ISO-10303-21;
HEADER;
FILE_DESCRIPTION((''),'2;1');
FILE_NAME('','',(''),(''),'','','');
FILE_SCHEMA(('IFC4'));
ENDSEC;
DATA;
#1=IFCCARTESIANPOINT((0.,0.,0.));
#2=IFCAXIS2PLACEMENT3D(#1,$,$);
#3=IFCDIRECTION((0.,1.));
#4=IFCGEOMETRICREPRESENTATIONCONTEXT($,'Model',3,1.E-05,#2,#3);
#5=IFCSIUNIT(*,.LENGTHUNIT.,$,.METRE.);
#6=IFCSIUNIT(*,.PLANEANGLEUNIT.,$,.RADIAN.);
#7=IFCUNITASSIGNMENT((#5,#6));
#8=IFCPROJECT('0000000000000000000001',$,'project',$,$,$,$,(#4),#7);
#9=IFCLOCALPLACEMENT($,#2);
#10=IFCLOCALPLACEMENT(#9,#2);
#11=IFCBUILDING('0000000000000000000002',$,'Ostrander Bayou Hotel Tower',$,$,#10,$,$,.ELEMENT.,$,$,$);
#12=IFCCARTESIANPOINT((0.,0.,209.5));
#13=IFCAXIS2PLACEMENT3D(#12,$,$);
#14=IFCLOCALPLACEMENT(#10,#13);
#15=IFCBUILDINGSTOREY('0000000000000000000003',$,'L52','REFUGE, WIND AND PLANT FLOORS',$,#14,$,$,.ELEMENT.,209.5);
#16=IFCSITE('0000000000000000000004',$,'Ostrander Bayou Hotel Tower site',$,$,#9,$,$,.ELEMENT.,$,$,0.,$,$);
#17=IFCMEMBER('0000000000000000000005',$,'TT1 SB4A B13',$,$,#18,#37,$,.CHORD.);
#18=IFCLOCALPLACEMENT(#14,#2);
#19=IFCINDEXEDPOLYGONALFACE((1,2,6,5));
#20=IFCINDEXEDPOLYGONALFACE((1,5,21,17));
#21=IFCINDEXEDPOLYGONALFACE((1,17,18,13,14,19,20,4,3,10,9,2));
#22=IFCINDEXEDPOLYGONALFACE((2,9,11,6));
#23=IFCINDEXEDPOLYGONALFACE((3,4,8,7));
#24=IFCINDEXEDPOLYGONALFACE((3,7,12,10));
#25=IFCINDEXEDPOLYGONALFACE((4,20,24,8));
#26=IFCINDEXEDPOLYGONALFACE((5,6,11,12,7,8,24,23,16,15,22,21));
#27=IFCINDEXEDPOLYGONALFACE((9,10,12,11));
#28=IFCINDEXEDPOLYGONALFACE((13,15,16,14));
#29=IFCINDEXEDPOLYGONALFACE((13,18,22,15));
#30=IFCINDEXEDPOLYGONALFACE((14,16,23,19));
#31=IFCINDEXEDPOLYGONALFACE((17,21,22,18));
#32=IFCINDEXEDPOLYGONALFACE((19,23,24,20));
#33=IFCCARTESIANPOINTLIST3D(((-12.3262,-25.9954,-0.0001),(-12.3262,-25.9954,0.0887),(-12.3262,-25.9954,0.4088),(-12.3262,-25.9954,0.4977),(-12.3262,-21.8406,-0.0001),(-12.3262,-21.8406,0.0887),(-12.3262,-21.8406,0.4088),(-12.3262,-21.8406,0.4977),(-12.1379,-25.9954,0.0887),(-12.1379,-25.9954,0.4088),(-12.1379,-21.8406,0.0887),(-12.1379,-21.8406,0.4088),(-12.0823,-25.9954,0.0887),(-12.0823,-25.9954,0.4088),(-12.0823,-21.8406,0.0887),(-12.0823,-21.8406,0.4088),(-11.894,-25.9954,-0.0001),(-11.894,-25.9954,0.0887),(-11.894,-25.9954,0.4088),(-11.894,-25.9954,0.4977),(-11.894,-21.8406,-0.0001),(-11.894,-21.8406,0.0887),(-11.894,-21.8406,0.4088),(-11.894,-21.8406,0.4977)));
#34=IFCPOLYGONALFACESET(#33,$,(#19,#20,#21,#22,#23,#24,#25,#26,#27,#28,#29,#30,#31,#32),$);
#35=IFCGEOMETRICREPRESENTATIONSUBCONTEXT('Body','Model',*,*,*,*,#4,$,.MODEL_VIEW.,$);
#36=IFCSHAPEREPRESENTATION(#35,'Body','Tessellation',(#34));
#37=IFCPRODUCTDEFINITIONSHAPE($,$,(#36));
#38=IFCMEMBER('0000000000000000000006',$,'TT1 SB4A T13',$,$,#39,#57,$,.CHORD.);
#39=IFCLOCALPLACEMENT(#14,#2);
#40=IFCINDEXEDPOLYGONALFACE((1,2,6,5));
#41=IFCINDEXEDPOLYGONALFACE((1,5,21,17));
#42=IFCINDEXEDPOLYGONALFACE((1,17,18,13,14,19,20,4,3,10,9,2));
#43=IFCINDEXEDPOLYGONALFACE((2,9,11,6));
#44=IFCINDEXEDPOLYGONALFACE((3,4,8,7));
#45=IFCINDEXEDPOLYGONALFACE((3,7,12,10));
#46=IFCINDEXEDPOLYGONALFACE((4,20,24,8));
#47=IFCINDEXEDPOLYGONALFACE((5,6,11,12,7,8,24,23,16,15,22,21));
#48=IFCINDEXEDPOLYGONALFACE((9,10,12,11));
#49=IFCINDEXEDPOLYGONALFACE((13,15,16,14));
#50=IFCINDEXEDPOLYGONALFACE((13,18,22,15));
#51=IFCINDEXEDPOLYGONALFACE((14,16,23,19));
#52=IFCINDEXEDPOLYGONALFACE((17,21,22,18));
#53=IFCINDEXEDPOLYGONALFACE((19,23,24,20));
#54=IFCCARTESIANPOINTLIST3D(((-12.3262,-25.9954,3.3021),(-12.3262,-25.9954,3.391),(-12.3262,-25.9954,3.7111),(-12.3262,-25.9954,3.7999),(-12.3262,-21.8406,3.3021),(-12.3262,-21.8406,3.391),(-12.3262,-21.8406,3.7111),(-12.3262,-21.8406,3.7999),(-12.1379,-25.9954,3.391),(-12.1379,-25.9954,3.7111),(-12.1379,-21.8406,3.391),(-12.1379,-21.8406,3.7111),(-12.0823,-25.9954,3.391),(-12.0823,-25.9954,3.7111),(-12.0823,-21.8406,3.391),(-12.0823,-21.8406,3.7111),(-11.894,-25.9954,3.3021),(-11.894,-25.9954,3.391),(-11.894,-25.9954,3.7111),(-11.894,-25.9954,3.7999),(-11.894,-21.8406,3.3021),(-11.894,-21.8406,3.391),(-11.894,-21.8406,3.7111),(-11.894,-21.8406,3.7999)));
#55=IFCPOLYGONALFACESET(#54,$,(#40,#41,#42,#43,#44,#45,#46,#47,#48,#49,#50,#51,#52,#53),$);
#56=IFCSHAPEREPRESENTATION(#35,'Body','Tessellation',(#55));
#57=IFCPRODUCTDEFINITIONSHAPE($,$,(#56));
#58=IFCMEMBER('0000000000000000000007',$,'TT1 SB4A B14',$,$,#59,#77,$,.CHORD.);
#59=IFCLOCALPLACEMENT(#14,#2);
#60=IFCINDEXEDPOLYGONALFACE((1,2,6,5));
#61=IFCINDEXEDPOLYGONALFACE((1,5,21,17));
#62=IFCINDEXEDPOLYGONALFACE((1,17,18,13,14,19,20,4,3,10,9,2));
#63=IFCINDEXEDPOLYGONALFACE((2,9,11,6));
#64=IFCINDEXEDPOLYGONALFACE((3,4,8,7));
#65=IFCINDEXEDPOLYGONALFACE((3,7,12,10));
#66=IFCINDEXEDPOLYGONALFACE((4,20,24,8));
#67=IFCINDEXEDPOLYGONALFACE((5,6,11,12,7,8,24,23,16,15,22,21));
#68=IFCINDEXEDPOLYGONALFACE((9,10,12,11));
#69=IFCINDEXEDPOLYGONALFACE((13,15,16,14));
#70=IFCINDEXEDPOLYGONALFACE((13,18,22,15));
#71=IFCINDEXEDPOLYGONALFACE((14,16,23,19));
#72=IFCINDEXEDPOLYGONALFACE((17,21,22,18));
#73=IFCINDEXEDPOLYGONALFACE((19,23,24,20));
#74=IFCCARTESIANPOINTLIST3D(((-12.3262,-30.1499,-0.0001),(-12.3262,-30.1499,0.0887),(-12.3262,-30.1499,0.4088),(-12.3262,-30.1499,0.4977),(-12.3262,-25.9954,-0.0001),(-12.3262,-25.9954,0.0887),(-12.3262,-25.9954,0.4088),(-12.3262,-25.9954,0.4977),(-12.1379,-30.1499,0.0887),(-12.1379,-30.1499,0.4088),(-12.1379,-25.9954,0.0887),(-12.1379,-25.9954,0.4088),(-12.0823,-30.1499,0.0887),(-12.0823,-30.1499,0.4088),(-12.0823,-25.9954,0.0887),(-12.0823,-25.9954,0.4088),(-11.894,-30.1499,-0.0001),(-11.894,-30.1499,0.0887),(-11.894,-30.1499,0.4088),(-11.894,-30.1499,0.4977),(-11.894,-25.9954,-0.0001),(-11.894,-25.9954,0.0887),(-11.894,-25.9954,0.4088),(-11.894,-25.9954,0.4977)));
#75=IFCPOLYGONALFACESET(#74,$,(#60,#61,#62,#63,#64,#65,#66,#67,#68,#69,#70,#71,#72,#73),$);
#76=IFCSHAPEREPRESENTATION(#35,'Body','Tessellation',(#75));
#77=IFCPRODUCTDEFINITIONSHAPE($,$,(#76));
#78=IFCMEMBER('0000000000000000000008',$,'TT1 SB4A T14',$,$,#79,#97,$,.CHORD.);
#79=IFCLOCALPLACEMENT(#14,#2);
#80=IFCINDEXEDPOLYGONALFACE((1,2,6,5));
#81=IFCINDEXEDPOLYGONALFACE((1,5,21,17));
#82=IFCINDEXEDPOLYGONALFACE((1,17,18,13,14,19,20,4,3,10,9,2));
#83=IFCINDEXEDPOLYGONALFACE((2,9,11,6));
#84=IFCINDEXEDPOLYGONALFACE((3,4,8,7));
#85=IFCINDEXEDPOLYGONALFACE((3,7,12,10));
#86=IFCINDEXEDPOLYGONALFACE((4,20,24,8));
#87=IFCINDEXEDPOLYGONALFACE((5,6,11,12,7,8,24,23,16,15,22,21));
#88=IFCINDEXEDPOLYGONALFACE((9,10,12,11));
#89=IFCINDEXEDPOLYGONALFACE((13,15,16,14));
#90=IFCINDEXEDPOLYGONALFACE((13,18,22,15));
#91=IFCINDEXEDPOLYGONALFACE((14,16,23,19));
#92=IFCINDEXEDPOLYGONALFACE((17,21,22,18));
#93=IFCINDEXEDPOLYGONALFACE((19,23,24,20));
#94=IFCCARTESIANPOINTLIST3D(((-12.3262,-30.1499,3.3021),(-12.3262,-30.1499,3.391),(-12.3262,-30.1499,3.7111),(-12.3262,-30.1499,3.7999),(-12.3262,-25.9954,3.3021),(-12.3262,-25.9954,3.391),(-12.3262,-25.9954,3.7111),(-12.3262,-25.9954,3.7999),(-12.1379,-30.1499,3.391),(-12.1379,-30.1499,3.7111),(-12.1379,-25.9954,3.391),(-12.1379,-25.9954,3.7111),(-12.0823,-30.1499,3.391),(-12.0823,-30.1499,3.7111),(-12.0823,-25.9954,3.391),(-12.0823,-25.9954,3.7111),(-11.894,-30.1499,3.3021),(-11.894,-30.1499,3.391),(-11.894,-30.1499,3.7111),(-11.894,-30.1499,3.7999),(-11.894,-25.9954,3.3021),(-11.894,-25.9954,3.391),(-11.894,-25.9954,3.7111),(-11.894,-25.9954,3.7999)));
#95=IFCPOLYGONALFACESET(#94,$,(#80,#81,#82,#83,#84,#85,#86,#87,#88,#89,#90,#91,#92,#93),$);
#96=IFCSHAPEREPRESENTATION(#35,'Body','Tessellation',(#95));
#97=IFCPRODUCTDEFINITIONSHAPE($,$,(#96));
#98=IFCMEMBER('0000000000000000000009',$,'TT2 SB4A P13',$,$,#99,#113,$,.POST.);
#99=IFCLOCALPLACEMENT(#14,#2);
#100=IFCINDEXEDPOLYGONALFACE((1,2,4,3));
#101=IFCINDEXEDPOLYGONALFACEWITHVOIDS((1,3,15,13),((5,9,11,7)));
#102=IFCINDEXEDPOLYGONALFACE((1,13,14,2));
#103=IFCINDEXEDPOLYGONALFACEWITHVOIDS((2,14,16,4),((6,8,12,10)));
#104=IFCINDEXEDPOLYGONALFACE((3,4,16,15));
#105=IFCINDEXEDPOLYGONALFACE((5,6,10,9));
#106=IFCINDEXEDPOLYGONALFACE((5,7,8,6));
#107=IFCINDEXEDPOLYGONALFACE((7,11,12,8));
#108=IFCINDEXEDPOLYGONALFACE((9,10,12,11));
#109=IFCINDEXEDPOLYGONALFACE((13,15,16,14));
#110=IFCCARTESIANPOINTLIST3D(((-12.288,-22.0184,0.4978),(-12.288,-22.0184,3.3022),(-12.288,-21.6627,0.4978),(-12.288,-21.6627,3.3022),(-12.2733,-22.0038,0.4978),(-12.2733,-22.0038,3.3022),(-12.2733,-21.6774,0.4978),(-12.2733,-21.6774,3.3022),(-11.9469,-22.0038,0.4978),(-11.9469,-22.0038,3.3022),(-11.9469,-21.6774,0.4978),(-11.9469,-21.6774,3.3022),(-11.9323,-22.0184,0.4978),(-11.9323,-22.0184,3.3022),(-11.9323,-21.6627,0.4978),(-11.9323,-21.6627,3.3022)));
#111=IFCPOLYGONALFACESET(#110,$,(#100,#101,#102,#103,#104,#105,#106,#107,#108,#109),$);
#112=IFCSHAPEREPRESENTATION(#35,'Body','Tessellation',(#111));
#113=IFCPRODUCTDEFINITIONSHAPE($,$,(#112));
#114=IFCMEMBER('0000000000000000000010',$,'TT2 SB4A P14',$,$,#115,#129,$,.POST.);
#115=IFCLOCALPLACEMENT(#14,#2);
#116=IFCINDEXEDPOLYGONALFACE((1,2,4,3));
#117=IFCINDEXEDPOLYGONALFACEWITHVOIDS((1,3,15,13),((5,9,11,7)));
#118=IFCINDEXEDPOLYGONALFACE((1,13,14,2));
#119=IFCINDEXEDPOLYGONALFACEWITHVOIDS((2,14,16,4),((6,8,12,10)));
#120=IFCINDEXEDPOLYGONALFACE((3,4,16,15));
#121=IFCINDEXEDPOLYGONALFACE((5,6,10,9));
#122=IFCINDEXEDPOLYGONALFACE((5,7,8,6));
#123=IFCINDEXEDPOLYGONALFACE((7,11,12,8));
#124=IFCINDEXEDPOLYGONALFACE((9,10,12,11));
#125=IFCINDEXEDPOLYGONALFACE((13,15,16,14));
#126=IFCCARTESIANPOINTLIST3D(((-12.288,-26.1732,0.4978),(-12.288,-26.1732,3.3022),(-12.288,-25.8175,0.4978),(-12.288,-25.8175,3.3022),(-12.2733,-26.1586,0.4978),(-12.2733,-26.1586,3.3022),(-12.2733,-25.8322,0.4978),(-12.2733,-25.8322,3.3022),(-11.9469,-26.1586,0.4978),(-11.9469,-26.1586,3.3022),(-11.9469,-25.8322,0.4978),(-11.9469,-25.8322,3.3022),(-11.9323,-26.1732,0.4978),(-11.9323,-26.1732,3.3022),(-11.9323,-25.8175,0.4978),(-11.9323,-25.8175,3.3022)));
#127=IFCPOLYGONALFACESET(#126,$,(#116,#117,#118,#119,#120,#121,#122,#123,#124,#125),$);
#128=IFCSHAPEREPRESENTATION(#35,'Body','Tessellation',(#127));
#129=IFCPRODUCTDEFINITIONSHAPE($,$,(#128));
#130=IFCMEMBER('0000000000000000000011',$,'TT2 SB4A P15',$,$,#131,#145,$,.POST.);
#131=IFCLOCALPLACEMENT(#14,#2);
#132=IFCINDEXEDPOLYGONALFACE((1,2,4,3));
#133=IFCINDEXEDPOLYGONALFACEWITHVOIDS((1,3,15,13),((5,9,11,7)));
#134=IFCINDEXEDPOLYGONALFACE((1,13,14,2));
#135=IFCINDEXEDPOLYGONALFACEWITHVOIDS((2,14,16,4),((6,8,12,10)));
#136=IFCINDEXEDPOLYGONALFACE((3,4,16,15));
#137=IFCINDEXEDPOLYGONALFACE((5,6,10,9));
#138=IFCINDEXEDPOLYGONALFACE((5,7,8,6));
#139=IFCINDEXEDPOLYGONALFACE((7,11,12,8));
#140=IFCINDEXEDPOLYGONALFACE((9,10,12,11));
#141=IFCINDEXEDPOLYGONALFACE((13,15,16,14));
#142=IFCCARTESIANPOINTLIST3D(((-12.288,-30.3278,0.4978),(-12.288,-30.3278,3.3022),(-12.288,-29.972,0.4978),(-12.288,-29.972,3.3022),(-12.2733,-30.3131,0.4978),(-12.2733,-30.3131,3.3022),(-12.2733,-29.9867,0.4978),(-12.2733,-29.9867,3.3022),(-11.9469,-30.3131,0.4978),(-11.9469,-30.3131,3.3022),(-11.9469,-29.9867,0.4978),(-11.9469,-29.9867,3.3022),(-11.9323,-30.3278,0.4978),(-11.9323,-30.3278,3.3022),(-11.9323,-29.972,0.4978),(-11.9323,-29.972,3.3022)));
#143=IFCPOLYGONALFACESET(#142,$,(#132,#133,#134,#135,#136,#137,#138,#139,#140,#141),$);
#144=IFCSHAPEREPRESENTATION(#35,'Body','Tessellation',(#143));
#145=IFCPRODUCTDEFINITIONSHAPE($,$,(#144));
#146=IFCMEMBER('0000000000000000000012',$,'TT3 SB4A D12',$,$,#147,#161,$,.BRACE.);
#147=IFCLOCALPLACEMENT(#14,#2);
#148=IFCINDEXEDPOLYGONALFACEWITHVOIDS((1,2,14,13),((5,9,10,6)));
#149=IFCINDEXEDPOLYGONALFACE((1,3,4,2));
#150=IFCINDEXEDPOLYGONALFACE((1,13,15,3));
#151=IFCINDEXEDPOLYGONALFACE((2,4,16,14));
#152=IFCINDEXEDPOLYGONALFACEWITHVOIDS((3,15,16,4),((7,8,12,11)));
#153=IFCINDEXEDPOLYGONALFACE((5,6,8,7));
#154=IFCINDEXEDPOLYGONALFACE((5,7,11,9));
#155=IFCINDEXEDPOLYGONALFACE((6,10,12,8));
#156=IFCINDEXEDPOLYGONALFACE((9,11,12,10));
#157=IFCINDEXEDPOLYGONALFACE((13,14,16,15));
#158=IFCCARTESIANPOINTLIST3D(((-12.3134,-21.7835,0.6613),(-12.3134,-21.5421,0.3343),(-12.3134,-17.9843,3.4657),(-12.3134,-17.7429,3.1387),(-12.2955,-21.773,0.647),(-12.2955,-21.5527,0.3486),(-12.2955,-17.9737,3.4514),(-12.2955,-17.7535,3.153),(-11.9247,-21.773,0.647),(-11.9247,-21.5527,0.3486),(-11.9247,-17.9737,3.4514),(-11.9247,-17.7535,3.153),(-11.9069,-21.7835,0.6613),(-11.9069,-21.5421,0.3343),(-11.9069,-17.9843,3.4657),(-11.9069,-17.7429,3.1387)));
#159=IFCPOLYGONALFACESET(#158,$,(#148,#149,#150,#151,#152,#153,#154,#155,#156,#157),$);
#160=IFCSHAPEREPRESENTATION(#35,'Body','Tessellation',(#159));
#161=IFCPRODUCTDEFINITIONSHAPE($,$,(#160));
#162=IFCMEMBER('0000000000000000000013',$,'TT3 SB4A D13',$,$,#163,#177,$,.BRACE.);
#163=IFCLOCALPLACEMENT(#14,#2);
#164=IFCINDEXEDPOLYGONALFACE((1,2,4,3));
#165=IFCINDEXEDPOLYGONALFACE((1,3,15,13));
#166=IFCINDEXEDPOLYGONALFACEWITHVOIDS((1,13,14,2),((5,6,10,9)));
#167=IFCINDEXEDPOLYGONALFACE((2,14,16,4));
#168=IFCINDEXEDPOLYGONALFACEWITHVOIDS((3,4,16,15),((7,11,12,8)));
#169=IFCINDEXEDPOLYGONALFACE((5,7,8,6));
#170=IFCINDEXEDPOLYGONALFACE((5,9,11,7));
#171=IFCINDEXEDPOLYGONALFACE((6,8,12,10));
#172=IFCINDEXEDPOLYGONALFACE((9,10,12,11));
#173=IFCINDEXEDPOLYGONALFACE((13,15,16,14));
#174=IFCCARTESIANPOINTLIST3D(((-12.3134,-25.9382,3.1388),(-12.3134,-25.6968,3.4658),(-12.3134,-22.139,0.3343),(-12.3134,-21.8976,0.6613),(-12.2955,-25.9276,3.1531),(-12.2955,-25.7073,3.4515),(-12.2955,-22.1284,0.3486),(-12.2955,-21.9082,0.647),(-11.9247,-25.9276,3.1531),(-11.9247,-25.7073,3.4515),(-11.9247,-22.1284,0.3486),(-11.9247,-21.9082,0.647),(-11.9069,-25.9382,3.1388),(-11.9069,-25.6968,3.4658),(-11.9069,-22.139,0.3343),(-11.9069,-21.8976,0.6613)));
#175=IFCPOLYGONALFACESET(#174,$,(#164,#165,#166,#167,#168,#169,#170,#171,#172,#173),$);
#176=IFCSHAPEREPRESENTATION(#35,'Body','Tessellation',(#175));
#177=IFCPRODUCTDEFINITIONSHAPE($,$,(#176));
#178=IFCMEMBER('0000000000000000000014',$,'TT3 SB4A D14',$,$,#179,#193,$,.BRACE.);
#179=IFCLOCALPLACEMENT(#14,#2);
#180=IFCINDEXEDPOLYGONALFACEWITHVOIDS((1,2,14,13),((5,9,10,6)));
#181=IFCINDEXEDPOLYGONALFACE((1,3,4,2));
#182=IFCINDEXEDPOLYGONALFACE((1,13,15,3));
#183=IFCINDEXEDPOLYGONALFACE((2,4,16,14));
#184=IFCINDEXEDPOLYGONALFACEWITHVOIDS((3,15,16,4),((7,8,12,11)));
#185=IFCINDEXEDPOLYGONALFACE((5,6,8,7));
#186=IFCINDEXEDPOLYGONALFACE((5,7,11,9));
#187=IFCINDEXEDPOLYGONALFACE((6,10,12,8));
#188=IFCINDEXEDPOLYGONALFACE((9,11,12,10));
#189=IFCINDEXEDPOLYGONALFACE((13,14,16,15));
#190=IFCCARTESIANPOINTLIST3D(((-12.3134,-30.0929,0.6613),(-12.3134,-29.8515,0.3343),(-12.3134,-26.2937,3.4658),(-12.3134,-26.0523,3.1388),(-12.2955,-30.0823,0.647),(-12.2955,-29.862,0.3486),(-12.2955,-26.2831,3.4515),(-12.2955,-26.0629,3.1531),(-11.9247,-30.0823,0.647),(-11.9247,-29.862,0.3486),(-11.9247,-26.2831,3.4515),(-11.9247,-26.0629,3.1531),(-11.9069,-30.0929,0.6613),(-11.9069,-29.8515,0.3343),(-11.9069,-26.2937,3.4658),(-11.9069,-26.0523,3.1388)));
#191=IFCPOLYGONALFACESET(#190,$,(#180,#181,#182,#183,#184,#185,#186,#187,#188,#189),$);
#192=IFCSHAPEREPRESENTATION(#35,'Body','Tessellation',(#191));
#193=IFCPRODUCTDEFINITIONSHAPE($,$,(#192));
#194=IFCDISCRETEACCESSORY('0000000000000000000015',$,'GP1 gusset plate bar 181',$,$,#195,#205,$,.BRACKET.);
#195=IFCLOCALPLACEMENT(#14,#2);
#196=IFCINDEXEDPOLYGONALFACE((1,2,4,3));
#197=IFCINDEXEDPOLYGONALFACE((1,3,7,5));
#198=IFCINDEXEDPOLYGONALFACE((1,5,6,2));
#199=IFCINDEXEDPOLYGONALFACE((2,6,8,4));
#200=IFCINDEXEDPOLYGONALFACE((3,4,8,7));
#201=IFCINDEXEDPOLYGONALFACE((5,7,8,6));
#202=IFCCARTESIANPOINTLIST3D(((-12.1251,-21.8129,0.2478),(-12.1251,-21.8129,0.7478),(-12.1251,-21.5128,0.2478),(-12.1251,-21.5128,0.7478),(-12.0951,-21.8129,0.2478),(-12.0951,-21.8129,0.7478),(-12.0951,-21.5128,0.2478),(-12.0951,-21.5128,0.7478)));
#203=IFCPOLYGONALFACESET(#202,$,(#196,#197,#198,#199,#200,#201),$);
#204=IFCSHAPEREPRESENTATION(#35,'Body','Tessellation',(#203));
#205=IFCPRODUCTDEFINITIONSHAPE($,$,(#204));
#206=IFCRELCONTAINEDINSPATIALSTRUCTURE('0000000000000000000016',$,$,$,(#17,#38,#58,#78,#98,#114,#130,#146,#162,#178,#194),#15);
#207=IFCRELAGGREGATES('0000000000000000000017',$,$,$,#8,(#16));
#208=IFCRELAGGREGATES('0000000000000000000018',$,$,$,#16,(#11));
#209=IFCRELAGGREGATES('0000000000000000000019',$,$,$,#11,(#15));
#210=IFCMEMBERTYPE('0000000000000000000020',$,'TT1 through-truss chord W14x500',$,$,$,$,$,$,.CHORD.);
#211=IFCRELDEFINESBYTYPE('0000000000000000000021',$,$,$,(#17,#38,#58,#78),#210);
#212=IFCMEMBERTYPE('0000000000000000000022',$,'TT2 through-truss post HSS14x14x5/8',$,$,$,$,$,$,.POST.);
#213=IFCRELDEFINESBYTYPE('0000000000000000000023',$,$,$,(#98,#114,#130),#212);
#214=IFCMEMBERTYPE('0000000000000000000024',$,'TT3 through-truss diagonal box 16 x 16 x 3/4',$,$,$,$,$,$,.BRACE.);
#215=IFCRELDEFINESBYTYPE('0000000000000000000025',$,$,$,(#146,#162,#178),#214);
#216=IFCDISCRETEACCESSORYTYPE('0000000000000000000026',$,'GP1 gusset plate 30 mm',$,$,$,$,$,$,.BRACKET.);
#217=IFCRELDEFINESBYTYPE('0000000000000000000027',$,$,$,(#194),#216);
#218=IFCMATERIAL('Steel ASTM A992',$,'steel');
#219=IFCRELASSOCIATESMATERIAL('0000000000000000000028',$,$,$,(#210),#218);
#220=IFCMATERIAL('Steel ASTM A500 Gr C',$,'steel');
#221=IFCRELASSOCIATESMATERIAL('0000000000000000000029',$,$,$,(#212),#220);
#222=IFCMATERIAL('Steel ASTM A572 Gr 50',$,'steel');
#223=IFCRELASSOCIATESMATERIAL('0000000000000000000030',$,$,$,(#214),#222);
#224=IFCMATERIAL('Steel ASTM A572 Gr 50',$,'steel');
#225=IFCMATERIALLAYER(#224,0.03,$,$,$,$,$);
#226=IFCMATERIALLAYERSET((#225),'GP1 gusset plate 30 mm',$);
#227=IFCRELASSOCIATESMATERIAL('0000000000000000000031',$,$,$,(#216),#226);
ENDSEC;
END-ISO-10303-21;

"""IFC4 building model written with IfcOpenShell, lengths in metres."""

from ifc_helpers import new_model, si_unit, direction, frame, origin, origin_2d, place, context, subcontext, project, spatial, rectangle, hollow_rectangle, i_section, extrude, material, layer, layer_set, material_profile, profile_set, type_object, element, save


model = new_model("IFC4")

# Units and contexts
model_context = context("Model", 3, precision=1e-05, world=origin(), true_north=direction((0.0, 1.0)))
body_context = subcontext(model_context, "Body", "Model", "MODEL_VIEW")
ifc_project = project(units=[si_unit("LENGTHUNIT", "METRE"), si_unit("PLANEANGLEUNIT", "RADIAN")], contexts=[model_context])

# Site, building, storey
site_placement = place(None, origin())
site = spatial("IfcSite", under=ifc_project, at=site_placement, Name="Ostrander Bayou Hotel Tower site", CompositionType="ELEMENT", RefElevation=0.0)
building_placement = place(site_placement, origin())
building = spatial("IfcBuilding", under=site, at=building_placement, Name="Ostrander Bayou Hotel Tower", CompositionType="ELEMENT")
storey_placement = place(building_placement, frame((0.0, 0.0, 209.5)))
storey = spatial("IfcBuildingStorey", under=building, at=storey_placement, Name="L52", Description="REFUGE, WIND AND PLANT FLOORS", CompositionType="ELEMENT", Elevation=209.5)

# Members
ifc_material_1 = material(Name="Steel ASTM A992", Category="steel")
ifc_material_profile_1 = material_profile(ifc_material_1, i_section(OverallWidth=0.4321, OverallDepth=0.4978, WebThickness=0.0557, FlangeThickness=0.0889, at=origin_2d()))
ifc_profile_set_1 = profile_set([ifc_material_profile_1], Name="Steel ASTM A992")
member_type_1 = type_object("IfcMemberType", Name="TT1 through-truss chord W14x500", PredefinedType="CHORD", material=ifc_profile_set_1)
for number, where, z_axis, x_axis, name in (
    (1, (-12.1101, -21.8406, 0.2488), (0.0, -1.0, 0.0), (1.0, 0.0, 0.0), "TT1 SB4A B13"),
    (2, (-12.1101, -21.8406, 3.551), (0.0, -1.0, 0.0), (1.0, 0.0, 0.0), "TT1 SB4A T13"),
):
    element("IfcMember", number, at=place(storey_placement, frame(where, z_axis=z_axis, x_axis=x_axis)), inside=storey, type_object=member_type_1, Name=name, PredefinedType="CHORD", context=body_context, shape_type="SweptSolid", body=[
        extrude(i_section(OverallWidth=0.4321, OverallDepth=0.4978, WebThickness=0.0557, FlangeThickness=0.0889, at=origin_2d()), origin(), (0.0, 0.0, 1.0), 4.1548),
    ])
for number, where, z_axis, x_axis, name in (
    (3, (-12.1101, -25.9954, 0.2488), (0.0, -1.0, 0.0), (1.0, 0.0, 0.0), "TT1 SB4A B14"),
    (4, (-12.1101, -25.9954, 3.551), (0.0, -1.0, 0.0), (1.0, 0.0, 0.0), "TT1 SB4A T14"),
):
    element("IfcMember", number, at=place(storey_placement, frame(where, z_axis=z_axis, x_axis=x_axis)), inside=storey, type_object=member_type_1, Name=name, PredefinedType="CHORD", context=body_context, shape_type="SweptSolid", body=[
        extrude(i_section(OverallWidth=0.4321, OverallDepth=0.4978, WebThickness=0.0557, FlangeThickness=0.0889, at=origin_2d()), origin(), (0.0, 0.0, 1.0), 4.1545),
    ])
ifc_material_2 = material(Name="Steel ASTM A500 Gr C", Category="steel")
ifc_material_profile_2 = material_profile(ifc_material_2, hollow_rectangle(XDim=0.3557, YDim=0.3557, WallThickness=0.0146, at=origin_2d()))
ifc_profile_set_2 = profile_set([ifc_material_profile_2], Name="Steel ASTM A500 Gr C")
member_type_2 = type_object("IfcMemberType", Name="TT2 through-truss post HSS14x14x5/8", PredefinedType="POST", material=ifc_profile_set_2)
for number, where, z_axis, x_axis, name in (
    (5, (-12.1101, -21.8406, 0.4978), (0.0, 0.0, 1.0), (1.0, 0.0, 0.0), "TT2 SB4A P13"),
    (6, (-12.1101, -25.9954, 0.4978), (0.0, 0.0, 1.0), (1.0, 0.0, 0.0), "TT2 SB4A P14"),
    (7, (-12.1101, -30.1499, 0.4978), (0.0, 0.0, 1.0), (1.0, 0.0, 0.0), "TT2 SB4A P15"),
):
    element("IfcMember", number, at=place(storey_placement, frame(where, z_axis=z_axis, x_axis=x_axis)), inside=storey, type_object=member_type_2, Name=name, PredefinedType="POST", context=body_context, shape_type="SweptSolid", body=[
        extrude(hollow_rectangle(XDim=0.3557, YDim=0.3557, WallThickness=0.0146, at=origin_2d()), origin(), (0.0, 0.0, 1.0), 2.8044),
    ])
ifc_material_3 = material(Name="Steel ASTM A572 Gr 50", Category="steel")
ifc_material_profile_3 = material_profile(ifc_material_3, hollow_rectangle(XDim=0.4065, YDim=0.4065, WallThickness=0.0178, at=origin_2d()))
ifc_profile_set_3 = profile_set([ifc_material_profile_3], Name="Steel ASTM A572 Gr 50")
member_type_3 = type_object("IfcMemberType", Name="TT3 through-truss diagonal box 16 x 16 x 3/4", PredefinedType="BRACE", material=ifc_profile_set_3)
for number, where, z_axis, x_axis, name in (
    (8, (-12.1101, -21.6628, 0.4978), (0.0, 0.804555, 0.593878), (-1.0, 0.0, 0.0), "TT3 SB4A D12"),
    (9, (-12.1101, -22.0183, 0.4978), (0.0, -0.804537, 0.593902), (1.0, 0.0, 0.0), "TT3 SB4A D13"),
    (10, (-12.1101, -29.9722, 0.4978), (0.0, 0.804537, 0.593902), (-1.0, 0.0, 0.0), "TT3 SB4A D14"),
):
    element("IfcMember", number, at=place(storey_placement, frame(where, z_axis=z_axis, x_axis=x_axis)), inside=storey, type_object=member_type_3, Name=name, PredefinedType="BRACE", context=body_context, shape_type="SweptSolid", body=[
        extrude(hollow_rectangle(XDim=0.4065, YDim=0.4065, WallThickness=0.0178, at=origin_2d()), origin(), (0.0, 0.0, 1.0), 4.7222),
    ])

# Discrete accessory
ifc_material_4 = material(Name="Steel ASTM A572 Gr 50", Category="steel")
ifc_layer = layer(ifc_material_4, 0.03)
ifc_layer_set = layer_set([ifc_layer], Name="GP1 gusset plate 30 mm")
discrete_accessory_type = type_object("IfcDiscreteAccessoryType", Name="GP1 gusset plate 30 mm", PredefinedType="BRACKET", material=ifc_layer_set)
for number, where, z_axis, x_axis, name in (
    (11, (-12.1101, -21.6628, 0.2478), (0.0, 0.0, 1.0), (0.0, 1.0, 0.0), "GP1 gusset plate bar 181"),
):
    element("IfcDiscreteAccessory", number, at=place(storey_placement, frame(where, z_axis=z_axis, x_axis=x_axis)), inside=storey, type_object=discrete_accessory_type, Name=name, PredefinedType="BRACKET", context=body_context, shape_type="SweptSolid", body=[
        extrude(rectangle(XDim=0.3, YDim=0.03, at=origin_2d()), origin(), (0.0, 0.0, 1.0), 0.5),
    ])

save(model, "model.ifc")
